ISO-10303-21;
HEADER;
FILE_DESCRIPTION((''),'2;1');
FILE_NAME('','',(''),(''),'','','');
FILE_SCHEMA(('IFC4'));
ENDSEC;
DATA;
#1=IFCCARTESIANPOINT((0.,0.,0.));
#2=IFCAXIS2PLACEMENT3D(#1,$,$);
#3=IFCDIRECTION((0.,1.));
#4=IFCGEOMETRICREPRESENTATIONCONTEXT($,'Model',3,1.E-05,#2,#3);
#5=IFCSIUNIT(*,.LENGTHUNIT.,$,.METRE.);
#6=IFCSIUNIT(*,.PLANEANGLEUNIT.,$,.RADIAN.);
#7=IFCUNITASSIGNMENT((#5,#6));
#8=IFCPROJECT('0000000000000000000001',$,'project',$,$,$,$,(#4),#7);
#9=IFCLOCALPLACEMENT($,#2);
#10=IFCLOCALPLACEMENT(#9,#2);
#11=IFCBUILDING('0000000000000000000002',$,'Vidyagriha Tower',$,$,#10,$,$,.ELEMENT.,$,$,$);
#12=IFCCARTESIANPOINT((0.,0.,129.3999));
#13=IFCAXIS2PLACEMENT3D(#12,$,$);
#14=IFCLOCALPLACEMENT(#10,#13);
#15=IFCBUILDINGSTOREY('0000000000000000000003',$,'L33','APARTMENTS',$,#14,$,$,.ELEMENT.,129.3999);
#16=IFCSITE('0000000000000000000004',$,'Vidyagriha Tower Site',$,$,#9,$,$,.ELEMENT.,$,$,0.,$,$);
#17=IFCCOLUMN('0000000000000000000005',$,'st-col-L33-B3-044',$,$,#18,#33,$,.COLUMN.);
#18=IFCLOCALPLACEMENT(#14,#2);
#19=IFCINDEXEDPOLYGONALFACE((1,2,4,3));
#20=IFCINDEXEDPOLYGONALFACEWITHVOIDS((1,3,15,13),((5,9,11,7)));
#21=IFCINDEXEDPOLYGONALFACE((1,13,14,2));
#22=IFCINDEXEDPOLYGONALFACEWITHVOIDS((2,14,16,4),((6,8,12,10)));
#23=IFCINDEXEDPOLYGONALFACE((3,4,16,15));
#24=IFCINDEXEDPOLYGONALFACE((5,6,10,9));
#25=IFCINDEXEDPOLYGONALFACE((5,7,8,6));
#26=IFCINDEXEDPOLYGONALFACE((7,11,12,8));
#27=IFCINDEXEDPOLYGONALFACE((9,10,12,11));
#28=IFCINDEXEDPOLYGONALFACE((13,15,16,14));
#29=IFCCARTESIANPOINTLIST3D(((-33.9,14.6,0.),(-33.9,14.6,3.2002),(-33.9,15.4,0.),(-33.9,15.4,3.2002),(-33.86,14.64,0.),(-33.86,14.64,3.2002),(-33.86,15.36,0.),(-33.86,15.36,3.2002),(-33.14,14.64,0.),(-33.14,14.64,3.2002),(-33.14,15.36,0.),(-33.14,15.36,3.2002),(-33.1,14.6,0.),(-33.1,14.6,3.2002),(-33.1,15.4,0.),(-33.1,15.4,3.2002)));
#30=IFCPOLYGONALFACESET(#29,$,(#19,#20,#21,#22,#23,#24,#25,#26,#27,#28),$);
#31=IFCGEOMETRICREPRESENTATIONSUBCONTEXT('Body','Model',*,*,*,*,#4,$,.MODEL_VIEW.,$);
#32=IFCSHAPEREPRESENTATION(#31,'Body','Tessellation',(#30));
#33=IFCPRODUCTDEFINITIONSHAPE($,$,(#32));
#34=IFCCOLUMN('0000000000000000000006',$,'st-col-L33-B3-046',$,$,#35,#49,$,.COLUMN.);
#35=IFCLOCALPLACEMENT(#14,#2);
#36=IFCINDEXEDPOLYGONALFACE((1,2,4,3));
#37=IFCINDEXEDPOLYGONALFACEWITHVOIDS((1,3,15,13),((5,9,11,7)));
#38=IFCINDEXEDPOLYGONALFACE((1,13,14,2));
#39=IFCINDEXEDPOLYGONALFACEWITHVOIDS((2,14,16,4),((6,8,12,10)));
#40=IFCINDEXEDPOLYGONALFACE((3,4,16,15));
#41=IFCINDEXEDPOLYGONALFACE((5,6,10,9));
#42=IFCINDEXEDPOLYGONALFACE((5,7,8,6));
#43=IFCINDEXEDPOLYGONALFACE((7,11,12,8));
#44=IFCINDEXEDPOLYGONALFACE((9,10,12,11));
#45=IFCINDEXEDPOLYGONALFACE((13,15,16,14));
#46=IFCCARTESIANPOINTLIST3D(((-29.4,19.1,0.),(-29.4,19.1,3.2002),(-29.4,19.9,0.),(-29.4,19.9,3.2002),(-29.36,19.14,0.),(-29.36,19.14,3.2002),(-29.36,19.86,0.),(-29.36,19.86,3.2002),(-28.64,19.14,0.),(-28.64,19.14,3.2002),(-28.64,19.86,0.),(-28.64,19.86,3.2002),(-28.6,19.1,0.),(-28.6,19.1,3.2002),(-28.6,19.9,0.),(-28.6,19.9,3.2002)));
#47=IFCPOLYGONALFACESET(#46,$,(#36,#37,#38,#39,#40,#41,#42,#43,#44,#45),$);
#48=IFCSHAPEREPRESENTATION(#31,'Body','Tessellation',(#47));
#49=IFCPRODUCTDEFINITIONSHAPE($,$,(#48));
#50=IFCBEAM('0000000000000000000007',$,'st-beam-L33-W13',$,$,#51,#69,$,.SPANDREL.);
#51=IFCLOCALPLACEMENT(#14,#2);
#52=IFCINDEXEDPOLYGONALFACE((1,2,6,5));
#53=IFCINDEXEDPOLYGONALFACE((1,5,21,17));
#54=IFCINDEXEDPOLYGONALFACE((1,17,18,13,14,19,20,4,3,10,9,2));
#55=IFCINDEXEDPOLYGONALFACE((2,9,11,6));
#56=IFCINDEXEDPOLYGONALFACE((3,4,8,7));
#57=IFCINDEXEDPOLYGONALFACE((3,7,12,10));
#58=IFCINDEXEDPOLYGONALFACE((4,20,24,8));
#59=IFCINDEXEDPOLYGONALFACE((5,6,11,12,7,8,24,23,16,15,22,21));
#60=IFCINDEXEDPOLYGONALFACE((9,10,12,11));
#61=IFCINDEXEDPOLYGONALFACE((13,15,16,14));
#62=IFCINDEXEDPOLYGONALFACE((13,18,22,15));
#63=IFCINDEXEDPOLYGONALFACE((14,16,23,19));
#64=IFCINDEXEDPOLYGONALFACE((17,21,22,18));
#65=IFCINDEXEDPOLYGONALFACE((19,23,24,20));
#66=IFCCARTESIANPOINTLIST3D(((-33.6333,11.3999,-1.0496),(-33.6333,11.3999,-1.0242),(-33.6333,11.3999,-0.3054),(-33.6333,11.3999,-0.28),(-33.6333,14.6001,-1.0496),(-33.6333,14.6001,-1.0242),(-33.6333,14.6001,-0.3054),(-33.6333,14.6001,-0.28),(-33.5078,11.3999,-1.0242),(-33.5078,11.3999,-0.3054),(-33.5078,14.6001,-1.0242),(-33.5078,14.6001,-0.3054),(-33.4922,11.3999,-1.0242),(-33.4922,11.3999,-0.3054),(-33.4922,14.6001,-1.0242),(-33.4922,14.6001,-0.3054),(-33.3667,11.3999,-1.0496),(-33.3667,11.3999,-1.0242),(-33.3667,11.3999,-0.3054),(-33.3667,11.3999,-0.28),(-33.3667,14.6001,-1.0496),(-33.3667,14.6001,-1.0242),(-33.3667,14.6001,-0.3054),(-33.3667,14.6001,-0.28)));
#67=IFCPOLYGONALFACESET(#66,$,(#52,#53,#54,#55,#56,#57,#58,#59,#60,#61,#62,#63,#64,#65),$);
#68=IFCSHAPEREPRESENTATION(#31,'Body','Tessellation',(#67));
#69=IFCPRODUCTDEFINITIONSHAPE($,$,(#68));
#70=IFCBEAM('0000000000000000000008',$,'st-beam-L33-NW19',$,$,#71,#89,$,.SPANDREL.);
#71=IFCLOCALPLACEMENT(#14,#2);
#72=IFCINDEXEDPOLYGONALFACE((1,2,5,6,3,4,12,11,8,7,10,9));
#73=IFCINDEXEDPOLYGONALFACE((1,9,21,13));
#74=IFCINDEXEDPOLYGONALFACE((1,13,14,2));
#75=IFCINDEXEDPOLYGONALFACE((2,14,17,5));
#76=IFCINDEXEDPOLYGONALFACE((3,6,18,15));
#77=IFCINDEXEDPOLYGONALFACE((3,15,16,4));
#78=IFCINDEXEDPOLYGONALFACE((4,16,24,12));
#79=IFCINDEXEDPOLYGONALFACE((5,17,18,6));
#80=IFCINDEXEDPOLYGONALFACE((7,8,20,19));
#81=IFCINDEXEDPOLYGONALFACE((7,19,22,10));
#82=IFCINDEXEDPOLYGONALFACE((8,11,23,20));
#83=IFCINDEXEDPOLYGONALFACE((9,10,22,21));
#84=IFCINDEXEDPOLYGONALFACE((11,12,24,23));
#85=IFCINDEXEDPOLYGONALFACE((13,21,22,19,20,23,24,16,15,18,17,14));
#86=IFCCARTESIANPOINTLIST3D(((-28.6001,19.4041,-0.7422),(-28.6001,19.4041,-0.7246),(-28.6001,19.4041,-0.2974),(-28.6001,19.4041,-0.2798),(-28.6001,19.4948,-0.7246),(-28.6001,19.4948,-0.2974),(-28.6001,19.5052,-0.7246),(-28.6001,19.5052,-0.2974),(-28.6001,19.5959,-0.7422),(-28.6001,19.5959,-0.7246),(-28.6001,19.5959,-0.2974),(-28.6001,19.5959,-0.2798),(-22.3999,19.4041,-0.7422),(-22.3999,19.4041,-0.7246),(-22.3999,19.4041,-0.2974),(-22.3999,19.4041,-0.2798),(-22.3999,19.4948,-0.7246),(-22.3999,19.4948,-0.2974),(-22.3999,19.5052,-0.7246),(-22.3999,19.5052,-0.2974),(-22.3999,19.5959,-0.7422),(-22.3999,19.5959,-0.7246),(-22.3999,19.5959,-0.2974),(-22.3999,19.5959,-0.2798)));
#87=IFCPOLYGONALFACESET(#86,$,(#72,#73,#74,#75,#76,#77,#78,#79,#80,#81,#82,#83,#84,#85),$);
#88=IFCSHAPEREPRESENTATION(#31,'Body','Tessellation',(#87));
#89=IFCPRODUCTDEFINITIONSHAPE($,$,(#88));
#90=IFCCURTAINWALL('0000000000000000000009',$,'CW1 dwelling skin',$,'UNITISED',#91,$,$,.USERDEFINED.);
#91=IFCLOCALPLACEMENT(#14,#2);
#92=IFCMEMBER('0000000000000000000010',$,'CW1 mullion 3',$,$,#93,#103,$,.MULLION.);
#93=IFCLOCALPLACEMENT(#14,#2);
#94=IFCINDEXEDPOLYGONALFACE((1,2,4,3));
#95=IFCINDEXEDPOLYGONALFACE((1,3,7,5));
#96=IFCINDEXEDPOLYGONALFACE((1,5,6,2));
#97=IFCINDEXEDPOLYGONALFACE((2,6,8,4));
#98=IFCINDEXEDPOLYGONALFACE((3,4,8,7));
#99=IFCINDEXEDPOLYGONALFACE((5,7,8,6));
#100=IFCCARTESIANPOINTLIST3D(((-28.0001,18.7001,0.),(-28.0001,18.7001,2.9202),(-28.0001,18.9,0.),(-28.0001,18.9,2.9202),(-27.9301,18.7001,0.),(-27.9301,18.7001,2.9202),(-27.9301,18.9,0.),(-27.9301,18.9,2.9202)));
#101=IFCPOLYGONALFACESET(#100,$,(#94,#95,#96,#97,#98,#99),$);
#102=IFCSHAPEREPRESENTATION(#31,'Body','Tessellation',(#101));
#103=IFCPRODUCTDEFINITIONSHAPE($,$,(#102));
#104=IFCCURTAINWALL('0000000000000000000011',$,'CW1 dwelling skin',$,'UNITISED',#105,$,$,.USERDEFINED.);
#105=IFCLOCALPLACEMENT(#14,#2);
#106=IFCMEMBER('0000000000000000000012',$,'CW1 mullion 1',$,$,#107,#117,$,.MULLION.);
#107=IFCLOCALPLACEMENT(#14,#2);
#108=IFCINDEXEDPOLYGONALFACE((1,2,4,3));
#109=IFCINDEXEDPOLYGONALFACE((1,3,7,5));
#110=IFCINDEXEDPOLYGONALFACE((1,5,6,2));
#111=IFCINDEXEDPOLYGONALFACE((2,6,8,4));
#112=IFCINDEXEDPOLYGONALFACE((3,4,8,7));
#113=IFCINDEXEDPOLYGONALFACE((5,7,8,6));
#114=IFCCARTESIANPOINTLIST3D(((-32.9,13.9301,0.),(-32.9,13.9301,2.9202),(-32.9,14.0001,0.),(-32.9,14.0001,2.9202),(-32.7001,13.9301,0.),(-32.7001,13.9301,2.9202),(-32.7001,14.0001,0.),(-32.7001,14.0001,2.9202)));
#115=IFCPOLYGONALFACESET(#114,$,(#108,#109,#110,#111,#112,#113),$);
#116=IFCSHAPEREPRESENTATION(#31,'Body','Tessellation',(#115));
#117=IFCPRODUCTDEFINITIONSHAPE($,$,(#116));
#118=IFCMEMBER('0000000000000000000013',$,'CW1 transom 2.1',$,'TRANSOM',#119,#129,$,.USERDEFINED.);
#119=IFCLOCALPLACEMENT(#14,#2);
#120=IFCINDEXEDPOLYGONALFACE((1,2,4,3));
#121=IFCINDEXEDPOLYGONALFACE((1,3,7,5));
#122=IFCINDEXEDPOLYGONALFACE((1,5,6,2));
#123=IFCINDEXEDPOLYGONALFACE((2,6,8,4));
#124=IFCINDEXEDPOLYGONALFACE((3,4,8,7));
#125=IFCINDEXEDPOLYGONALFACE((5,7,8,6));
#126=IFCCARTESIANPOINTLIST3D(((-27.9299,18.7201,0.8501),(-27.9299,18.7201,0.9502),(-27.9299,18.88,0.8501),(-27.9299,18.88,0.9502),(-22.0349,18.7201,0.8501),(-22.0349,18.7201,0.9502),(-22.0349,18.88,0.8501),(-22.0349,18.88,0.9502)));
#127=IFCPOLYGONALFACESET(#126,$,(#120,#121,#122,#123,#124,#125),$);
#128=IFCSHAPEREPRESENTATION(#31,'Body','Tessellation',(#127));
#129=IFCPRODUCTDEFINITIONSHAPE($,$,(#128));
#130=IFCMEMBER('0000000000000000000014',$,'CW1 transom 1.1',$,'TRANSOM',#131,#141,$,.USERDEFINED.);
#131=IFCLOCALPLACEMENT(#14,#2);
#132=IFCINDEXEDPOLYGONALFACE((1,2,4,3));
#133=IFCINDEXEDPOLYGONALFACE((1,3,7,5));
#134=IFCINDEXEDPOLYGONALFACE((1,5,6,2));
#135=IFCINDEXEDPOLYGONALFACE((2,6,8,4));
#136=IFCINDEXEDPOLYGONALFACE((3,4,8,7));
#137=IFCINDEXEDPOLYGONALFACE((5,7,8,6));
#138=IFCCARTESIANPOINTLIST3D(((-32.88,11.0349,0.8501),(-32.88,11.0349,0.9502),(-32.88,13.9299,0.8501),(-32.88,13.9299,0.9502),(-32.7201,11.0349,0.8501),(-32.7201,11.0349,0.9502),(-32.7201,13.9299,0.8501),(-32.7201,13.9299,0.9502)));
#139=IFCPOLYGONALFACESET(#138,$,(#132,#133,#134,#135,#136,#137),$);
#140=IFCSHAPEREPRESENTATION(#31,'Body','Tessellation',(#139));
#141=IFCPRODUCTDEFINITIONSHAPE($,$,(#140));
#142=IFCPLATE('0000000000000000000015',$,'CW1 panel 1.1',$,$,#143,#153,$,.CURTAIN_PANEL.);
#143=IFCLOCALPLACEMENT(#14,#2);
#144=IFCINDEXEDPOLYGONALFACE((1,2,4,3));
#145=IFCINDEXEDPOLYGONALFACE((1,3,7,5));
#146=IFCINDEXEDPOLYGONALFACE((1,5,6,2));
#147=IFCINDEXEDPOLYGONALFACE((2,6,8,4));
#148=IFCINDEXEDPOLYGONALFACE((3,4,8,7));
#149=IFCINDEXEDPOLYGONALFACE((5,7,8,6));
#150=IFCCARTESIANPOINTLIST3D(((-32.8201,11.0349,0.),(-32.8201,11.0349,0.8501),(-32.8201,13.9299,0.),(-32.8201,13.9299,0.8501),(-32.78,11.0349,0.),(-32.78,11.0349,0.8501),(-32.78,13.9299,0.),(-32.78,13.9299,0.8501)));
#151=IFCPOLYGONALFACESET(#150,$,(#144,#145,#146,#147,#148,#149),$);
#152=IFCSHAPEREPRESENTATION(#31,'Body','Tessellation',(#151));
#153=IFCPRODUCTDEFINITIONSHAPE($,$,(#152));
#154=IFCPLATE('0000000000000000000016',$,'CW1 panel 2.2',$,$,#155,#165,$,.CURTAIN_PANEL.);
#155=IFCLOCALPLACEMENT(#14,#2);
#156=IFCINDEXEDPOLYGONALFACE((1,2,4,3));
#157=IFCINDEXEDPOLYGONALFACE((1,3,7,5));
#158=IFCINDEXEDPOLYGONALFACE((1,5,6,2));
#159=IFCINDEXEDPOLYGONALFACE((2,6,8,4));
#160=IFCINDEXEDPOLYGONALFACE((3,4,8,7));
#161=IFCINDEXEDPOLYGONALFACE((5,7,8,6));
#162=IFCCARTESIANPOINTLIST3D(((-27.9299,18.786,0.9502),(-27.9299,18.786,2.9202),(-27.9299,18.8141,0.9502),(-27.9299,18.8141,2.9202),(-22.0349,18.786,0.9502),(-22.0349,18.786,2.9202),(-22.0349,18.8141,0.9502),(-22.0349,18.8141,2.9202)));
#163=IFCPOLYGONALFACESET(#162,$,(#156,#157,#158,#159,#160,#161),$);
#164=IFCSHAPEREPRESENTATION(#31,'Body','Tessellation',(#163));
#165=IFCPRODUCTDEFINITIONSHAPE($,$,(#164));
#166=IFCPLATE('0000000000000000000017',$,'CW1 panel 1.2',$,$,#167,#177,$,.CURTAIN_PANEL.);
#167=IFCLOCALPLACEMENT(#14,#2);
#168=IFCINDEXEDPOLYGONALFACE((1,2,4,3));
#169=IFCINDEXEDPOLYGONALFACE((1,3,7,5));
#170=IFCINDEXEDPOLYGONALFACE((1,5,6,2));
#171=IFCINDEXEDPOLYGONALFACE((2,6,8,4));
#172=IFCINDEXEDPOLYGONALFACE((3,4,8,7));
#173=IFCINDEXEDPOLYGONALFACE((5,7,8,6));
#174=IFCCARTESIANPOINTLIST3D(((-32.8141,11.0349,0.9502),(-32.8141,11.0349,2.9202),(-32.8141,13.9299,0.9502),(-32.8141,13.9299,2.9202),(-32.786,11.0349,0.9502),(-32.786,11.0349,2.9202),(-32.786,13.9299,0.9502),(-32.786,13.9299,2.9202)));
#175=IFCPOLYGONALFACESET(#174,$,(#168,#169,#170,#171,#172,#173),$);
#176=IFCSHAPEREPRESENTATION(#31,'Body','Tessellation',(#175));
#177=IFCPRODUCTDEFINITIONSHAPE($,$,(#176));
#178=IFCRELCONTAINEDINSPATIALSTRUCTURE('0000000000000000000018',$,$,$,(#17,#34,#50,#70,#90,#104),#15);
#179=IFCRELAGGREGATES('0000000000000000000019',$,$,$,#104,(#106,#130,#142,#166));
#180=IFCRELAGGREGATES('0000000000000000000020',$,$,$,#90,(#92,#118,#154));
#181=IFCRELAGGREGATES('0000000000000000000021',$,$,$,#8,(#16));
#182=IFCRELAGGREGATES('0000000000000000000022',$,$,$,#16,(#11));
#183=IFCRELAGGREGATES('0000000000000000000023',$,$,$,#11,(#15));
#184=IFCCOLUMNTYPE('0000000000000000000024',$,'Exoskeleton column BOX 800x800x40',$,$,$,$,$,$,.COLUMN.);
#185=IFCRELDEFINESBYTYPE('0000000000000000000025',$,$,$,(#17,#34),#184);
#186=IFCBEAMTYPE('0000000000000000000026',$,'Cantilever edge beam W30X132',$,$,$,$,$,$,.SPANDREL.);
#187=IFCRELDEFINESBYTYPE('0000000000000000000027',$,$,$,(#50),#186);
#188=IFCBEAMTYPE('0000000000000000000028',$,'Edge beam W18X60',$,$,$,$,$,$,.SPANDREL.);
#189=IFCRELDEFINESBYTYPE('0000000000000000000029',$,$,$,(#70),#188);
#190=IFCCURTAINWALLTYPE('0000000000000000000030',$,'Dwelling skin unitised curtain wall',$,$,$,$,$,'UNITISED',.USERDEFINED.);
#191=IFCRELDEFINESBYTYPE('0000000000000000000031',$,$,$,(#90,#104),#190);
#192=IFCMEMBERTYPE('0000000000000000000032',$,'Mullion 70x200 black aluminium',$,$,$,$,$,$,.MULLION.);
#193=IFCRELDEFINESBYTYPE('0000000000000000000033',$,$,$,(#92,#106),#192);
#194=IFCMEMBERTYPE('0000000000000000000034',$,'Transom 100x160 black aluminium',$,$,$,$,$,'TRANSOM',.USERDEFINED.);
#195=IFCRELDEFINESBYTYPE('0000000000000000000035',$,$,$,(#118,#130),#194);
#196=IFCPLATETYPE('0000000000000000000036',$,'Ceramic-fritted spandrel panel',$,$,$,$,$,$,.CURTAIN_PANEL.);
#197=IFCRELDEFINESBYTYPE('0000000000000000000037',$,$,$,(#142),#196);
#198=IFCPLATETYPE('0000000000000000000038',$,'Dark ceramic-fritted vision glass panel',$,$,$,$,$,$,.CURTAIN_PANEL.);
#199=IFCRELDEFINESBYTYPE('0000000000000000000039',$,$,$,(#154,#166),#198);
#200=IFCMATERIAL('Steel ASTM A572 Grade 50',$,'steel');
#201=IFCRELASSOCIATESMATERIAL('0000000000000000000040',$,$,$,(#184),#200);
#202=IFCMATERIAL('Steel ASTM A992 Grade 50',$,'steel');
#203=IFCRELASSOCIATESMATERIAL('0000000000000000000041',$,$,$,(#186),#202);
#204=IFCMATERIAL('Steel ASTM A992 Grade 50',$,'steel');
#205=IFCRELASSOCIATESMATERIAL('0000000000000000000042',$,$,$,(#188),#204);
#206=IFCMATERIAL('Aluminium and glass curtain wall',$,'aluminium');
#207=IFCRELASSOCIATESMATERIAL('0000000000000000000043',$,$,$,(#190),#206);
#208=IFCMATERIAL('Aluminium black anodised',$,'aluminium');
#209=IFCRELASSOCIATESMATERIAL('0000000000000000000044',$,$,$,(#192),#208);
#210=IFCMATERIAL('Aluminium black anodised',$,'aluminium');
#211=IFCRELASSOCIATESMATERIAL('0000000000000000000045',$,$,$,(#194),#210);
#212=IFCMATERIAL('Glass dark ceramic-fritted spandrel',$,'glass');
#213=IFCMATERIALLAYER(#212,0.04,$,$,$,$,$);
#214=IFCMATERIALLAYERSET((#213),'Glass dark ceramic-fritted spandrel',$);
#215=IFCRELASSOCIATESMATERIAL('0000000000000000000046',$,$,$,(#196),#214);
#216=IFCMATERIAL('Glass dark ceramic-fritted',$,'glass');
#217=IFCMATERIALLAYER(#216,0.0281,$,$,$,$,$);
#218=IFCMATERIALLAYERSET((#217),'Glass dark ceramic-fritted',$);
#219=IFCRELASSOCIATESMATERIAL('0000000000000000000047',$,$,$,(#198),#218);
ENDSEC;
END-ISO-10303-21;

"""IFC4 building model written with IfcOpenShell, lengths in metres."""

from ifc_helpers import new_model, si_unit, direction, frame, origin, origin_2d, place, context, subcontext, project, spatial, rectangle, hollow_rectangle, i_section, extrude, material, layer, layer_set, material_profile, profile_set, type_object, element, aggregate, save


model = new_model("IFC4")

# Units and contexts
model_context = context("Model", 3, precision=1e-05, world=origin(), true_north=direction((0.0, 1.0)))
body_context = subcontext(model_context, "Body", "Model", "MODEL_VIEW")
ifc_project = project(units=[si_unit("LENGTHUNIT", "METRE"), si_unit("PLANEANGLEUNIT", "RADIAN")], contexts=[model_context])

# Site, building, storey
site_placement = place(None, origin())
site = spatial("IfcSite", under=ifc_project, at=site_placement, Name="Vidyagriha Tower Site", CompositionType="ELEMENT", RefElevation=0.0)
building_placement = place(site_placement, origin())
building = spatial("IfcBuilding", under=site, at=building_placement, Name="Vidyagriha Tower", CompositionType="ELEMENT")
storey_placement = place(building_placement, frame((0.0, 0.0, 129.3999)))
storey = spatial("IfcBuildingStorey", under=building, at=storey_placement, Name="L33", Description="APARTMENTS", CompositionType="ELEMENT", Elevation=129.3999)

# Columns
ifc_material_1 = material(Name="Steel ASTM A572 Grade 50", Category="steel")
ifc_material_profile_1 = material_profile(ifc_material_1, hollow_rectangle(XDim=0.8, YDim=0.8, WallThickness=0.04, at=origin_2d()), Name="BOX 800x800x40")
ifc_profile_set_1 = profile_set([ifc_material_profile_1], Name="Steel ASTM A572 Grade 50")
column_type = type_object("IfcColumnType", Name="Exoskeleton column BOX 800x800x40", PredefinedType="COLUMN", material=ifc_profile_set_1)
for number, where, name in (
    (1, (-33.5, 15.0, 0.0), "st-col-L33-B3-044"),
    (2, (-29.0, 19.5, 0.0), "st-col-L33-B3-046"),
):
    element("IfcColumn", number, at=place(storey_placement, frame(where)), inside=storey, type_object=column_type, Name=name, PredefinedType="COLUMN", context=body_context, shape_type="SweptSolid", body=[
        extrude(hollow_rectangle(XDim=0.8, YDim=0.8, WallThickness=0.04, at=origin_2d()), origin(), (0.0, 0.0, 1.0), 3.2002),
    ])

# Beams
ifc_material_2 = material(Name="Steel ASTM A992 Grade 50", Category="steel")
ifc_material_profile_2 = material_profile(ifc_material_2, i_section(OverallWidth=0.2666, OverallDepth=0.7695, WebThickness=0.0156, FlangeThickness=0.0254, at=origin_2d()), Name="W30X132")
ifc_profile_set_2 = profile_set([ifc_material_profile_2], Name="Steel ASTM A992 Grade 50")
beam_type_1 = type_object("IfcBeamType", Name="Cantilever edge beam W30X132", PredefinedType="SPANDREL", material=ifc_profile_set_2)
beam_1_placement = place(storey_placement, frame((-33.5, 11.3999, -0.6648), z_axis=(0.0, 1.0, 0.0), x_axis=(-1.0, 0.0, 0.0)))
element("IfcBeam", 3, at=beam_1_placement, inside=storey, type_object=beam_type_1, Name="st-beam-L33-W13", PredefinedType="SPANDREL", context=body_context, shape_type="SweptSolid", body=[
    extrude(i_section(OverallWidth=0.2666, OverallDepth=0.7695, WebThickness=0.0156, FlangeThickness=0.0254, at=origin_2d()), origin(), (0.0, 0.0, 1.0), 3.2002),
])
ifc_material_3 = material(Name="Steel ASTM A992 Grade 50", Category="steel")
ifc_material_profile_3 = material_profile(ifc_material_3, i_section(OverallWidth=0.1919, OverallDepth=0.4624, WebThickness=0.0105, FlangeThickness=0.0176, at=origin_2d()), Name="W18X60")
ifc_profile_set_3 = profile_set([ifc_material_profile_3], Name="Steel ASTM A992 Grade 50")
beam_type_2 = type_object("IfcBeamType", Name="Edge beam W18X60", PredefinedType="SPANDREL", material=ifc_profile_set_3)
beam_2_placement = place(storey_placement, frame((-28.6001, 19.5, -0.511), z_axis=(1.0, 0.0, 0.0), x_axis=(0.0, 1.0, 0.0)))
element("IfcBeam", 4, at=beam_2_placement, inside=storey, type_object=beam_type_2, Name="st-beam-L33-NW19", PredefinedType="SPANDREL", context=body_context, shape_type="SweptSolid", body=[
    extrude(i_section(OverallWidth=0.1919, OverallDepth=0.4624, WebThickness=0.0105, FlangeThickness=0.0176, at=origin_2d()), origin(), (0.0, 0.0, 1.0), 6.2002),
])

# Curtain walls, members
ifc_material_4 = material(Name="Aluminium and glass curtain wall", Category="aluminium")
curtain_wall_type = type_object("IfcCurtainWallType", Name="Dwelling skin unitised curtain wall", ElementType="UNITISED", PredefinedType="USERDEFINED", material=ifc_material_4)
curtain_wall_1_placement = place(storey_placement, origin())
curtain_wall_1 = element("IfcCurtainWall", 5, at=curtain_wall_1_placement, inside=storey, type_object=curtain_wall_type, Name="CW1 dwelling skin", ObjectType="UNITISED", PredefinedType="USERDEFINED")
ifc_material_5 = material(Name="Aluminium black anodised", Category="aluminium")
ifc_material_profile_4 = material_profile(ifc_material_5, rectangle(XDim=0.2, YDim=0.0701, at=origin_2d()), Name="Mullion 70x200 black aluminium")
ifc_profile_set_4 = profile_set([ifc_material_profile_4], Name="Aluminium black anodised")
member_type_1 = type_object("IfcMemberType", Name="Mullion 70x200 black aluminium", PredefinedType="MULLION", material=ifc_profile_set_4)
member_1_placement = place(storey_placement, frame((-27.9651, 18.8, 0.0), z_axis=(0.0, 0.0, 1.0), x_axis=(0.0, -1.0, 0.0)))
member_1 = element("IfcMember", 6, at=member_1_placement, type_object=member_type_1, Name="CW1 mullion 3", PredefinedType="MULLION", context=body_context, shape_type="SweptSolid", body=[
    extrude(rectangle(XDim=0.2, YDim=0.0701, at=origin_2d()), origin(), (0.0, 0.0, 1.0), 2.9202),
])
curtain_wall_2_placement = place(storey_placement, origin())
curtain_wall_2 = element("IfcCurtainWall", 7, at=curtain_wall_2_placement, inside=storey, type_object=curtain_wall_type, Name="CW1 dwelling skin", ObjectType="UNITISED", PredefinedType="USERDEFINED")
member_2_placement = place(storey_placement, frame((-32.8, 13.9651, 0.0)))
member_2 = element("IfcMember", 8, at=member_2_placement, type_object=member_type_1, Name="CW1 mullion 1", PredefinedType="MULLION", context=body_context, shape_type="SweptSolid", body=[
    extrude(rectangle(XDim=0.2, YDim=0.0701, at=origin_2d()), origin(), (0.0, 0.0, 1.0), 2.9202),
])

# Members
ifc_material_6 = material(Name="Aluminium black anodised", Category="aluminium")
ifc_material_profile_5 = material_profile(ifc_material_6, rectangle(XDim=0.1599, YDim=0.1001, at=origin_2d()), Name="Transom 100x160 black aluminium")
ifc_profile_set_5 = profile_set([ifc_material_profile_5], Name="Aluminium black anodised")
member_type_2 = type_object("IfcMemberType", Name="Transom 100x160 black aluminium", ElementType="TRANSOM", PredefinedType="USERDEFINED", material=ifc_profile_set_5)
member_3_placement = place(storey_placement, frame((-22.0349, 18.8, 0.9001), z_axis=(-1.0, 0.0, 0.0), x_axis=(0.0, -1.0, 0.0)))
member_3 = element("IfcMember", 9, at=member_3_placement, type_object=member_type_2, Name="CW1 transom 2.1", ObjectType="TRANSOM", PredefinedType="USERDEFINED", context=body_context, shape_type="SweptSolid", body=[
    extrude(rectangle(XDim=0.1599, YDim=0.1001, at=origin_2d()), origin(), (0.0, 0.0, 1.0), 5.895),
])
member_4_placement = place(storey_placement, frame((-32.8, 13.9299, 0.9001), z_axis=(0.0, -1.0, 0.0), x_axis=(1.0, 0.0, 0.0)))
member_4 = element("IfcMember", 10, at=member_4_placement, type_object=member_type_2, Name="CW1 transom 1.1", ObjectType="TRANSOM", PredefinedType="USERDEFINED", context=body_context, shape_type="SweptSolid", body=[
    extrude(rectangle(XDim=0.1599, YDim=0.1001, at=origin_2d()), origin(), (0.0, 0.0, 1.0), 2.895),
])

# Plates
ifc_material_7 = material(Name="Glass dark ceramic-fritted spandrel", Category="glass")
ifc_layer_1 = layer(ifc_material_7, 0.04)
ifc_layer_set_1 = layer_set([ifc_layer_1], Name="Glass dark ceramic-fritted spandrel")
plate_type_1 = type_object("IfcPlateType", Name="Ceramic-fritted spandrel panel", PredefinedType="CURTAIN_PANEL", material=ifc_layer_set_1)
plate_1_placement = place(storey_placement, frame((-32.8, 12.4824, 0.0), z_axis=(0.0, 0.0, 1.0), x_axis=(0.0, -1.0, 0.0)))
plate_1 = element("IfcPlate", 11, at=plate_1_placement, type_object=plate_type_1, Name="CW1 panel 1.1", PredefinedType="CURTAIN_PANEL", context=body_context, shape_type="SweptSolid", body=[
    extrude(rectangle(XDim=2.895, YDim=0.04, at=origin_2d()), origin(), (0.0, 0.0, 1.0), 0.8501),
])
ifc_material_8 = material(Name="Glass dark ceramic-fritted", Category="glass")
ifc_layer_2 = layer(ifc_material_8, 0.0281)
ifc_layer_set_2 = layer_set([ifc_layer_2], Name="Glass dark ceramic-fritted")
plate_type_2 = type_object("IfcPlateType", Name="Dark ceramic-fritted vision glass panel", PredefinedType="CURTAIN_PANEL", material=ifc_layer_set_2)
plate_2_placement = place(storey_placement, frame((-24.9824, 18.8, 0.9502), z_axis=(0.0, 0.0, 1.0), x_axis=(-1.0, 0.0, 0.0)))
plate_2 = element("IfcPlate", 12, at=plate_2_placement, type_object=plate_type_2, Name="CW1 panel 2.2", PredefinedType="CURTAIN_PANEL", context=body_context, shape_type="SweptSolid", body=[
    extrude(rectangle(XDim=5.895, YDim=0.0281, at=origin_2d()), origin(), (0.0, 0.0, 1.0), 1.97),
])
plate_3_placement = place(storey_placement, frame((-32.8, 12.4824, 0.9502), z_axis=(0.0, 0.0, 1.0), x_axis=(0.0, -1.0, 0.0)))
plate_3 = element("IfcPlate", 13, at=plate_3_placement, type_object=plate_type_2, Name="CW1 panel 1.2", PredefinedType="CURTAIN_PANEL", context=body_context, shape_type="SweptSolid", body=[
    extrude(rectangle(XDim=2.895, YDim=0.0281, at=origin_2d()), origin(), (0.0, 0.0, 1.0), 1.97),
])
aggregate(curtain_wall_2, [member_2, member_4, plate_1, plate_3])
aggregate(curtain_wall_1, [member_1, member_3, plate_2])

save(model, "model.ifc")
